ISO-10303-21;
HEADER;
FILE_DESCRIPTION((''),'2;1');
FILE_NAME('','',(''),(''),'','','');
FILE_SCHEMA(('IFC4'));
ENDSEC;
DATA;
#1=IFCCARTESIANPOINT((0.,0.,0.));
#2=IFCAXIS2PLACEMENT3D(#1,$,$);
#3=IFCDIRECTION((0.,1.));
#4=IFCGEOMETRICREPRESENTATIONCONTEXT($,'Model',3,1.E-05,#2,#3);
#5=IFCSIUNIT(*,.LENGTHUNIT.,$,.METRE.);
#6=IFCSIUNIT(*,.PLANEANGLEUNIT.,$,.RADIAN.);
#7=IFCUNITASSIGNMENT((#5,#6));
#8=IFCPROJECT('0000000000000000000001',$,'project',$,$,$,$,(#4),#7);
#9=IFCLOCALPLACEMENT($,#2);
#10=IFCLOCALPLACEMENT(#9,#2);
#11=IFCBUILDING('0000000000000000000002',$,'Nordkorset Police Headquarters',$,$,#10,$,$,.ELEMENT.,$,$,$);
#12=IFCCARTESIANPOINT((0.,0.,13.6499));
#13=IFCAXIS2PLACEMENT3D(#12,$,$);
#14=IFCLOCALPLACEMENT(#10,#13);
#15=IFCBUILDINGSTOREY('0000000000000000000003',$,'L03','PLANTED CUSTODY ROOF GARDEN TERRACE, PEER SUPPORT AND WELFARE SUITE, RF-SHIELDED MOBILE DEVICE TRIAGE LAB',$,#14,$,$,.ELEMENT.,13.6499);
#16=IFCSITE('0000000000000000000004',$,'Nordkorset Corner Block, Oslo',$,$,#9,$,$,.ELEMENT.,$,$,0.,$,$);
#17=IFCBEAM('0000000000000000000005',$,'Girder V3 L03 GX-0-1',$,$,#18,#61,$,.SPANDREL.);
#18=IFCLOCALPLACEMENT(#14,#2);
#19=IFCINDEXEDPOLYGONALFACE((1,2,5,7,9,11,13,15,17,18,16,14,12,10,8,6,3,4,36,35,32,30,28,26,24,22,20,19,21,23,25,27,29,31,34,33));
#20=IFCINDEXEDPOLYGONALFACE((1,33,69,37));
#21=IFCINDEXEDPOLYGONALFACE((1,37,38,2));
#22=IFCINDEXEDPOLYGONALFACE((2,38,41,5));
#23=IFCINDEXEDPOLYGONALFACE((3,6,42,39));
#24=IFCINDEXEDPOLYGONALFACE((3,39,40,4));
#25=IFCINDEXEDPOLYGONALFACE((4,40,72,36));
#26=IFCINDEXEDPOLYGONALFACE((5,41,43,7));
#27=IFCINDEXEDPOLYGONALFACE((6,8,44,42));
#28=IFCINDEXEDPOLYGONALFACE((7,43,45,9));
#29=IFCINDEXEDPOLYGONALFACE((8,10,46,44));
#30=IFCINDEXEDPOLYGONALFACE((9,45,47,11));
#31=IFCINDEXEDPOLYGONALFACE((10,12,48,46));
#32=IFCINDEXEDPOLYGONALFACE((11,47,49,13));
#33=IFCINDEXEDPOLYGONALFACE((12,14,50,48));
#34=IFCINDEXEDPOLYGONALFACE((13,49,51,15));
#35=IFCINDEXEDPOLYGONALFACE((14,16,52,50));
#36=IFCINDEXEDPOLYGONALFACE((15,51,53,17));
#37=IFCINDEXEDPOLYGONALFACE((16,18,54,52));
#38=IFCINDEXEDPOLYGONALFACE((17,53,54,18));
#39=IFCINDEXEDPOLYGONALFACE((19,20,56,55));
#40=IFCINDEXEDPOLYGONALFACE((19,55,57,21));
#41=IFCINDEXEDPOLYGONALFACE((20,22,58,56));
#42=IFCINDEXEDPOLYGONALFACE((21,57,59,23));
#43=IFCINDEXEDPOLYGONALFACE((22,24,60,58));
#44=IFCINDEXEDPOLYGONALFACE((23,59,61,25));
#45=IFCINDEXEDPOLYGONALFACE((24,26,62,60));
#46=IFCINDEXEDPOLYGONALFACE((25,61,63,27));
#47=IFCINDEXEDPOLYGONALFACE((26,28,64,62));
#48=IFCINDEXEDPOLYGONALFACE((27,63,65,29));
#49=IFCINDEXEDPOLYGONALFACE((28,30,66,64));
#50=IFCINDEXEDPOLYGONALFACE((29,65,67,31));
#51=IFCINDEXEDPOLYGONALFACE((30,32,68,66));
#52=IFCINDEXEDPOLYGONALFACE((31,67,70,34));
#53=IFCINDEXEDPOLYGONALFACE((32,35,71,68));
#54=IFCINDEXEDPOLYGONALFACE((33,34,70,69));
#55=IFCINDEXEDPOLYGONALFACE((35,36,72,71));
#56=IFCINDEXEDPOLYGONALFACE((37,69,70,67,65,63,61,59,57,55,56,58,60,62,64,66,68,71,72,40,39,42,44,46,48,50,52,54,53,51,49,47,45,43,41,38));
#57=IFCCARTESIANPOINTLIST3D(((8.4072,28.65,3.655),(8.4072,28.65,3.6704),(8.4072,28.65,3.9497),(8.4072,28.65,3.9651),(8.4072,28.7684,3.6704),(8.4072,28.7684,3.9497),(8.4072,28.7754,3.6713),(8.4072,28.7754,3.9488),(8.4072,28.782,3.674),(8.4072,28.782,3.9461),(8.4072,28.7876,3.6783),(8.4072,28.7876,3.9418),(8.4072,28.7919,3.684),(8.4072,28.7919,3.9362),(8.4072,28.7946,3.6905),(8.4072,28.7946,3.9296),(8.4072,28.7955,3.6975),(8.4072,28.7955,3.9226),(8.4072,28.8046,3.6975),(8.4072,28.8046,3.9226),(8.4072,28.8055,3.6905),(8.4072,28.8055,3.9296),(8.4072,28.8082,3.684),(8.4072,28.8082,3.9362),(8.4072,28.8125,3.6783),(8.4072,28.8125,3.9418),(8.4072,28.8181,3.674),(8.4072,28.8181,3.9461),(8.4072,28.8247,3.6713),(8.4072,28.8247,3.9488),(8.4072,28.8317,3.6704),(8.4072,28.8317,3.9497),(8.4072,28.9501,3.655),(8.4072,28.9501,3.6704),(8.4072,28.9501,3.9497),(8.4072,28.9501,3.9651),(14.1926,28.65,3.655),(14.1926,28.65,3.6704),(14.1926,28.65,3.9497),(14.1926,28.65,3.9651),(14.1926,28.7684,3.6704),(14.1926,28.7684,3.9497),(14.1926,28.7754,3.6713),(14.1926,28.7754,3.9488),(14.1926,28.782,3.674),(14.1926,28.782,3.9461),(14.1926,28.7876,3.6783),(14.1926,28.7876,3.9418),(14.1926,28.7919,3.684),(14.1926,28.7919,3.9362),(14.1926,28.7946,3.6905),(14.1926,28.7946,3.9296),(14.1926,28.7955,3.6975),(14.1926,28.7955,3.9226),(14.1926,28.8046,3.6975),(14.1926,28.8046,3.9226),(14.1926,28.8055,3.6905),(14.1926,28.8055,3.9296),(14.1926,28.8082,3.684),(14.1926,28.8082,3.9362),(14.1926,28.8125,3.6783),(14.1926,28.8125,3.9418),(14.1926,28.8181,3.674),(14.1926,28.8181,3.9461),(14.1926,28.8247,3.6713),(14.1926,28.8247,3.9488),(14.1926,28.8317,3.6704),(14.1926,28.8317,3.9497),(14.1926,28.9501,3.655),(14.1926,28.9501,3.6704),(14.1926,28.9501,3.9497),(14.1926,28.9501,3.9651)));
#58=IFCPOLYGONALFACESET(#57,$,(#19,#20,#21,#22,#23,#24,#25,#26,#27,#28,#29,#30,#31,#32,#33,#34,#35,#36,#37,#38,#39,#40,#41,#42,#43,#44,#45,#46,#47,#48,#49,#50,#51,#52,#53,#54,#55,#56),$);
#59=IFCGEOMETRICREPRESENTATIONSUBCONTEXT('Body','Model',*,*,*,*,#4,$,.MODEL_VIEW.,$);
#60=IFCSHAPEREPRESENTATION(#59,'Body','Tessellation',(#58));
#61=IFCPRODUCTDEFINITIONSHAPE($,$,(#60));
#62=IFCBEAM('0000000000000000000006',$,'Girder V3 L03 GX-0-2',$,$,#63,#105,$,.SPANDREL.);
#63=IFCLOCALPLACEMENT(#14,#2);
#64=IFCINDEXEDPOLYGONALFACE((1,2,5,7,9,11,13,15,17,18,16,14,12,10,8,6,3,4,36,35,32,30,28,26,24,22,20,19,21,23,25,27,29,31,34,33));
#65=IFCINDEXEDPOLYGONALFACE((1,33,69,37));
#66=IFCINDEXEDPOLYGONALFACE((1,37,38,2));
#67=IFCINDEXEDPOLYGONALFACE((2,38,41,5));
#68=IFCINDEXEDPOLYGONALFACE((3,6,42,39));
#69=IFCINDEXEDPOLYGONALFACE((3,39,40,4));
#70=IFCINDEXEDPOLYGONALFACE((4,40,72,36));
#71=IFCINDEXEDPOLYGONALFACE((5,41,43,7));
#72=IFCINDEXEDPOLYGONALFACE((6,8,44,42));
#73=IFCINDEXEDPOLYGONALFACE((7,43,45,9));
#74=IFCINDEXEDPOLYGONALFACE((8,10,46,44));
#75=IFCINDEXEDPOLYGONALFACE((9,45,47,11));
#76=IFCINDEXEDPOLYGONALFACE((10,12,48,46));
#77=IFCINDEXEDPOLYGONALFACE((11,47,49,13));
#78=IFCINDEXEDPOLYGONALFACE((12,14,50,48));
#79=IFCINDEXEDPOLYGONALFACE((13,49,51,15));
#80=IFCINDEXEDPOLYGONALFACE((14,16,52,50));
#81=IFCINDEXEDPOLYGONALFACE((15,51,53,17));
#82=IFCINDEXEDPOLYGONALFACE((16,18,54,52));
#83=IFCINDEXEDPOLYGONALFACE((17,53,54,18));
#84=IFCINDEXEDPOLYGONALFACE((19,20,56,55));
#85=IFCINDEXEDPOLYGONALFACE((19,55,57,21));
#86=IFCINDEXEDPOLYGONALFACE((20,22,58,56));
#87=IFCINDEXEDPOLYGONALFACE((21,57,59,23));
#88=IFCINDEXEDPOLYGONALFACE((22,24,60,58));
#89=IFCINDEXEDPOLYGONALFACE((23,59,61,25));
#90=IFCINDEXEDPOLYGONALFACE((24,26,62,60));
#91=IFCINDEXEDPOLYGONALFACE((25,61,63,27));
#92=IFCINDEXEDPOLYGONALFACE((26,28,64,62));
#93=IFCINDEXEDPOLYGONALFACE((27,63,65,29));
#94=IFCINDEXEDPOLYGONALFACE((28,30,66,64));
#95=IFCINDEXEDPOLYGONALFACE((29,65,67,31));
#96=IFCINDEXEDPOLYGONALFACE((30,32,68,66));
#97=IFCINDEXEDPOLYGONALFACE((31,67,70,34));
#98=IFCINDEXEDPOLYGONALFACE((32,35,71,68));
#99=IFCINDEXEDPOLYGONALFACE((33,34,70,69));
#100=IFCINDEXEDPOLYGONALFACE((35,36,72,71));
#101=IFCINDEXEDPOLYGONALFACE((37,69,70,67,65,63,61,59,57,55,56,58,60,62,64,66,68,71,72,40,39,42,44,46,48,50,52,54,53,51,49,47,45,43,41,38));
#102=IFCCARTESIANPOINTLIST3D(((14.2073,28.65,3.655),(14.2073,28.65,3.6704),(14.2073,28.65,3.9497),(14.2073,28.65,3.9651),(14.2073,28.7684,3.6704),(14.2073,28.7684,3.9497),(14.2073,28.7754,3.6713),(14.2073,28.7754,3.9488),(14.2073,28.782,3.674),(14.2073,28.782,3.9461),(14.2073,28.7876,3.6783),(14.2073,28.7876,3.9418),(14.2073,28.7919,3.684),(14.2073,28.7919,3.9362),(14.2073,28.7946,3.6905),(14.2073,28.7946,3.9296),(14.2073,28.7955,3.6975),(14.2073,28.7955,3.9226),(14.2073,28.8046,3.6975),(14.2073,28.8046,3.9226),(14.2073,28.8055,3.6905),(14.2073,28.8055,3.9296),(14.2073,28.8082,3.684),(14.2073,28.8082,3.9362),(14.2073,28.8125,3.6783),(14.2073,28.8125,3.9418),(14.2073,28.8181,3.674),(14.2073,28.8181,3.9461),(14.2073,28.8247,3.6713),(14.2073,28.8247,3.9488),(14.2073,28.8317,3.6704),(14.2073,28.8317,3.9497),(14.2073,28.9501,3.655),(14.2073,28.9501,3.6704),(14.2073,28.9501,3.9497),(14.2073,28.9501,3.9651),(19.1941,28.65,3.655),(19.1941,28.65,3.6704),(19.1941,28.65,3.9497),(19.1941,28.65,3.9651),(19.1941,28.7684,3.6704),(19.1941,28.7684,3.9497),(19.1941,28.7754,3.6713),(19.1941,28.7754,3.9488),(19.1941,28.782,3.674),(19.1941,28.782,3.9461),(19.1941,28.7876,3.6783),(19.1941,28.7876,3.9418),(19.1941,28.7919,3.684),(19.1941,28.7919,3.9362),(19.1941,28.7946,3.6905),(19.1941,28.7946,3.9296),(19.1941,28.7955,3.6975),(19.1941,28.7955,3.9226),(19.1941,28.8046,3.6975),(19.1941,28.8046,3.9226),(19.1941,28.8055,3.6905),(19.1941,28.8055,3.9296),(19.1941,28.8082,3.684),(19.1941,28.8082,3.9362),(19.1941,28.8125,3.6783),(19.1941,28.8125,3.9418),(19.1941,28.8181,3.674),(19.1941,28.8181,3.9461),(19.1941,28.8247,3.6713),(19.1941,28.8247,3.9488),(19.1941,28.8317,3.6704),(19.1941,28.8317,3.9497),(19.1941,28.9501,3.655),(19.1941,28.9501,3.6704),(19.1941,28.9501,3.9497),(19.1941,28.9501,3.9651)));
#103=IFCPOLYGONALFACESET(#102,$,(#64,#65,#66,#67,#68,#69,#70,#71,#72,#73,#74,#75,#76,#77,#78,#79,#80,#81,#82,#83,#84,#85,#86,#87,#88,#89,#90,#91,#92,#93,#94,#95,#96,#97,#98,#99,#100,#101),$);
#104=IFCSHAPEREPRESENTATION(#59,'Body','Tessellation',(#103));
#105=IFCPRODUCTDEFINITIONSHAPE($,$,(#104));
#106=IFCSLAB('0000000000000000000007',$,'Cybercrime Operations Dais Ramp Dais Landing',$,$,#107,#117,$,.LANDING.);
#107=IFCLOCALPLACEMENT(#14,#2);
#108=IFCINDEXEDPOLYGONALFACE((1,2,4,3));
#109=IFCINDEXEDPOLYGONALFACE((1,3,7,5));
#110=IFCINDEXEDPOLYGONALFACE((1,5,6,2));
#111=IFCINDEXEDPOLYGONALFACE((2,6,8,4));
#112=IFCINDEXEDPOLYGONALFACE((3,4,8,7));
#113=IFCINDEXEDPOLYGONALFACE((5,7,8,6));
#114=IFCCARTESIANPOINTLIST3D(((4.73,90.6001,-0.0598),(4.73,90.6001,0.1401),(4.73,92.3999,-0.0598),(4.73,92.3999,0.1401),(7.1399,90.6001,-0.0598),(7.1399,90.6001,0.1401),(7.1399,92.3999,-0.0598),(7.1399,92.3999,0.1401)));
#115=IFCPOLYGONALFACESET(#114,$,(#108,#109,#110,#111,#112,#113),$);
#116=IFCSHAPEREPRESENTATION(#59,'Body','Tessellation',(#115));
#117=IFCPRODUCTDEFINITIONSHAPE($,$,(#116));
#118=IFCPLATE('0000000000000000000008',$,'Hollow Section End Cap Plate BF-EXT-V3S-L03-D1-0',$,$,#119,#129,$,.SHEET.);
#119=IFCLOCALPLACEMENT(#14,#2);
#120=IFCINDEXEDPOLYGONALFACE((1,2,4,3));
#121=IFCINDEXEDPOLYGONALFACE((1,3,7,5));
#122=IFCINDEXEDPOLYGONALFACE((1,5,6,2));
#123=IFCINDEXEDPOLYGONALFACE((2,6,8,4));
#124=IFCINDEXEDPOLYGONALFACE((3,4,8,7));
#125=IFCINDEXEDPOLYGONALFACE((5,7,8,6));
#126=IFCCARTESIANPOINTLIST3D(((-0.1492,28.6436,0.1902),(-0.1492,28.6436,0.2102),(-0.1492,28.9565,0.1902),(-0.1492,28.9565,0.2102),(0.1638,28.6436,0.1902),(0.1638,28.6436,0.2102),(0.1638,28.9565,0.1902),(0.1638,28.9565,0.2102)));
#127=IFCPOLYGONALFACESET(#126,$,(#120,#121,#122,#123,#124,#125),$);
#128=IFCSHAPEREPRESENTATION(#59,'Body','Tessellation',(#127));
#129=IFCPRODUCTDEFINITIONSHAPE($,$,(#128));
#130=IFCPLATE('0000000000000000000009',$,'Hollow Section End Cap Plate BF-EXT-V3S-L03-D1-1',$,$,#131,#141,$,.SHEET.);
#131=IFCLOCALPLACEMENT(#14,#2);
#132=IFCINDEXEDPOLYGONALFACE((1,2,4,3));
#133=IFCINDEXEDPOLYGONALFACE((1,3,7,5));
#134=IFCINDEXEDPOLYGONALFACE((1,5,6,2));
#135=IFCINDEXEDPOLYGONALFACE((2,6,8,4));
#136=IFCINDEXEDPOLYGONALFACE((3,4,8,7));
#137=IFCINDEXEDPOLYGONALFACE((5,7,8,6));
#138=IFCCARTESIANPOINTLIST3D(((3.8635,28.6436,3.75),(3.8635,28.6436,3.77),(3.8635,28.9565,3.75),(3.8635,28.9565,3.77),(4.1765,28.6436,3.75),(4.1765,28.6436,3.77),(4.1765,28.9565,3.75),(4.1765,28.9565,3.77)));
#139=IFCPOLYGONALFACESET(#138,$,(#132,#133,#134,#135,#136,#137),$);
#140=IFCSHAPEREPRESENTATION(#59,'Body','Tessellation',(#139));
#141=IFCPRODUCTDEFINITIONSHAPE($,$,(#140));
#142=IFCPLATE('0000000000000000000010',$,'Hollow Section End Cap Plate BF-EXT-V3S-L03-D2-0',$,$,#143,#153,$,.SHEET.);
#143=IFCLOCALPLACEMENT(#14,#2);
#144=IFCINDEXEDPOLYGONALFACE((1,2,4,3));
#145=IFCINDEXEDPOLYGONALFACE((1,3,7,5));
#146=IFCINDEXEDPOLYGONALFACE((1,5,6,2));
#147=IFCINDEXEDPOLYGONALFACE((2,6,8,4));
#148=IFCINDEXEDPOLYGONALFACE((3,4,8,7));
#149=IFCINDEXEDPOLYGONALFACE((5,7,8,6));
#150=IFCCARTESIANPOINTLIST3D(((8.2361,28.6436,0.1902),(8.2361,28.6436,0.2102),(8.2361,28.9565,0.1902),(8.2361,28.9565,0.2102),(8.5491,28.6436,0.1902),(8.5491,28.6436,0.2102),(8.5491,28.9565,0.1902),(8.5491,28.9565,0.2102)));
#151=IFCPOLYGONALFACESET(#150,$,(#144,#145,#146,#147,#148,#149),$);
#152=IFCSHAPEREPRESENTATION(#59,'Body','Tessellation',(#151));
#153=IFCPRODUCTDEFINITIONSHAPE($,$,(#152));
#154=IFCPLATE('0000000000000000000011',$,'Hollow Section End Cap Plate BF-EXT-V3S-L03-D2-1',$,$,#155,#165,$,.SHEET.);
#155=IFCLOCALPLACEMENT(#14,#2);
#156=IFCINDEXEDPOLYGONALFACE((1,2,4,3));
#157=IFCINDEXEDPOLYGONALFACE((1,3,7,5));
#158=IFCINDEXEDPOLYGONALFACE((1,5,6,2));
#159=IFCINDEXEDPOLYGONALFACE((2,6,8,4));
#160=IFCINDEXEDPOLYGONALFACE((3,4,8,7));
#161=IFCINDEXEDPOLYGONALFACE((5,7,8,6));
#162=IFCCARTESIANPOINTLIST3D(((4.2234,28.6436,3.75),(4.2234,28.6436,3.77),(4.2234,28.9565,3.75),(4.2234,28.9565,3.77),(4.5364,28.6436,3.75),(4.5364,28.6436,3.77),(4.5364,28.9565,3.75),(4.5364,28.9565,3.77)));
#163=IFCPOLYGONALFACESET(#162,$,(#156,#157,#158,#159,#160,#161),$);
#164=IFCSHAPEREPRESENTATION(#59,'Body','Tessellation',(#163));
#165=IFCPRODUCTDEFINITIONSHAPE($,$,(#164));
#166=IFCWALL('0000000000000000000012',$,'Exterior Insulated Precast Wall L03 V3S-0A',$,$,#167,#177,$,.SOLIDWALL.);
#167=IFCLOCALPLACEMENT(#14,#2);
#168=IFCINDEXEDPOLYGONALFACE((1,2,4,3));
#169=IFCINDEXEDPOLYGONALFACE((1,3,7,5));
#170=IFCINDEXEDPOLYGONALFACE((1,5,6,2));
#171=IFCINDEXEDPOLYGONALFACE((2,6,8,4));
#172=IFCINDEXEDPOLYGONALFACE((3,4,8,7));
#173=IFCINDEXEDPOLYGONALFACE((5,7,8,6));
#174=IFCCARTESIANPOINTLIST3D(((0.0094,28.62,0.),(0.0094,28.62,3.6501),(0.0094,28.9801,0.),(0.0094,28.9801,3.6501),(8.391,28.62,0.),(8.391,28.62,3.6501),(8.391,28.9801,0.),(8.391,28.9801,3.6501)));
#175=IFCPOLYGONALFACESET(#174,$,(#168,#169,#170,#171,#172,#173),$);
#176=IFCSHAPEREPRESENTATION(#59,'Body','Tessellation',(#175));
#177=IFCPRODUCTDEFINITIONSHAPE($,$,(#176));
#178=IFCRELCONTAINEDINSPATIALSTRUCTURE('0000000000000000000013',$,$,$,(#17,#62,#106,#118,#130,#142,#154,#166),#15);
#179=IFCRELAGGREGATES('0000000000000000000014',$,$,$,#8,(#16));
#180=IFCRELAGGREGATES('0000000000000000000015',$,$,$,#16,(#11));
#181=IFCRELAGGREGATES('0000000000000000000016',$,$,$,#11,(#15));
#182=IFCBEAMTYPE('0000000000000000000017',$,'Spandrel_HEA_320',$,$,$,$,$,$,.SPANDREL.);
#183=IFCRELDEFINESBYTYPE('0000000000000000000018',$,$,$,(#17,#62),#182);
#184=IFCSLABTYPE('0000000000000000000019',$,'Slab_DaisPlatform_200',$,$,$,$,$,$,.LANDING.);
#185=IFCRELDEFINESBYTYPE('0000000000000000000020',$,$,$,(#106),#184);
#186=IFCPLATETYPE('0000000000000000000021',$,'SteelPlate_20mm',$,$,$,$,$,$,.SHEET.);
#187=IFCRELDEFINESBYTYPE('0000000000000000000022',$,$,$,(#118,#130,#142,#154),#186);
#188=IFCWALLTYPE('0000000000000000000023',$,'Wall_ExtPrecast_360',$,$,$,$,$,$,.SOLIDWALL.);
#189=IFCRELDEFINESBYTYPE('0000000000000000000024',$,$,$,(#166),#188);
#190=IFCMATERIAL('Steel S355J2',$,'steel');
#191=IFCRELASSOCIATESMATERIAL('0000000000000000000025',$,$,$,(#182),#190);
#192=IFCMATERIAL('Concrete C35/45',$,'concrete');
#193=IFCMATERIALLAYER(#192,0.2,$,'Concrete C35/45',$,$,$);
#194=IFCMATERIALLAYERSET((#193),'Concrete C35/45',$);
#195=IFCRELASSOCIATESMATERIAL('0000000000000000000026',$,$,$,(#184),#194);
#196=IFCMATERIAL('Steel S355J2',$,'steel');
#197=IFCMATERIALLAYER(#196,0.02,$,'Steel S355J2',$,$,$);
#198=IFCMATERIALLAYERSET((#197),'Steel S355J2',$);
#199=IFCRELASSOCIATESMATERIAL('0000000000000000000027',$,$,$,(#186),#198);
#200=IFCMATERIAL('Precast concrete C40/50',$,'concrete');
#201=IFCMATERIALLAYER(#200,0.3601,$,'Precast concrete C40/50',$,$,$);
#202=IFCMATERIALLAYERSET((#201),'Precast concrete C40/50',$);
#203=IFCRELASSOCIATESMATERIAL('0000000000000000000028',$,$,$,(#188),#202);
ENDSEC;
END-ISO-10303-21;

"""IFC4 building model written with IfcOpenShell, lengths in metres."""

from ifc_helpers import new_model, si_unit, direction, frame, frame_2d, origin, origin_2d, place, context, subcontext, project, spatial, polyline, rectangle, i_section, outline, extrude, material, layer, layer_set, material_profile, profile_set, type_object, element, save


model = new_model("IFC4")

# Units and contexts
model_context = context("Model", 3, precision=1e-05, world=origin(), true_north=direction((0.0, 1.0)))
body_context = subcontext(model_context, "Body", "Model", "MODEL_VIEW")
ifc_project = project(units=[si_unit("LENGTHUNIT", "METRE"), si_unit("PLANEANGLEUNIT", "RADIAN")], contexts=[model_context])

# Site, building, storey
site_placement = place(None, origin())
site = spatial("IfcSite", under=ifc_project, at=site_placement, Name="Nordkorset Corner Block, Oslo", CompositionType="ELEMENT", RefElevation=0.0)
building_placement = place(site_placement, origin())
building = spatial("IfcBuilding", under=site, at=building_placement, Name="Nordkorset Police Headquarters", CompositionType="ELEMENT")
storey_placement = place(building_placement, frame((0.0, 0.0, 13.6499)))
storey = spatial("IfcBuildingStorey", under=building, at=storey_placement, Name="L03", Description="PLANTED CUSTODY ROOF GARDEN TERRACE, PEER SUPPORT AND WELFARE SUITE, RF-SHIELDED MOBILE DEVICE TRIAGE LAB", CompositionType="ELEMENT", Elevation=13.6499)

# Beams
ifc_material_1 = material(Name="Steel S355J2", Category="steel")
ifc_material_profile_1 = material_profile(ifc_material_1, i_section(OverallWidth=0.3, OverallDepth=0.3101, WebThickness=0.009, FlangeThickness=0.0154, FilletRadius=0.0271, at=origin_2d()), Name="HEA 320")
ifc_profile_set_1 = profile_set([ifc_material_profile_1], Name="Steel S355J2")
beam_type_1 = type_object("IfcBeamType", Name="Spandrel_HEA_320", PredefinedType="SPANDREL", material=ifc_profile_set_1)
beam_1_placement = place(storey_placement, frame((8.4072, 28.8, 3.8101), z_axis=(1.0, 0.0, 0.0), x_axis=(0.0, 1.0, 0.0)))
element("IfcBeam", 1, at=beam_1_placement, inside=storey, type_object=beam_type_1, Name="Girder V3 L03 GX-0-1", PredefinedType="SPANDREL", context=body_context, shape_type="SweptSolid", body=[
    extrude(i_section(OverallWidth=0.3, OverallDepth=0.3101, WebThickness=0.009, FlangeThickness=0.0154, FilletRadius=0.0271, at=origin_2d()), origin(), (0.0, 0.0, 1.0), 5.7854),
])
beam_2_placement = place(storey_placement, frame((14.2073, 28.8, 3.8101), z_axis=(1.0, 0.0, 0.0), x_axis=(0.0, 1.0, 0.0)))
element("IfcBeam", 2, at=beam_2_placement, inside=storey, type_object=beam_type_1, Name="Girder V3 L03 GX-0-2", PredefinedType="SPANDREL", context=body_context, shape_type="SweptSolid", body=[
    extrude(i_section(OverallWidth=0.3, OverallDepth=0.3101, WebThickness=0.009, FlangeThickness=0.0154, FilletRadius=0.0271, at=origin_2d()), origin(), (0.0, 0.0, 1.0), 4.9868),
])

# Slab
ifc_material_2 = material(Name="Concrete C35/45", Category="concrete")
ifc_layer_1 = layer(ifc_material_2, 0.2, Name="Concrete C35/45")
ifc_layer_set_1 = layer_set([ifc_layer_1], Name="Concrete C35/45")
slab_type = type_object("IfcSlabType", Name="Slab_DaisPlatform_200", PredefinedType="LANDING", material=ifc_layer_set_1)
slab_placement = place(storey_placement, frame((0.0, 0.0, -0.0598)))
element("IfcSlab", 3, at=slab_placement, inside=storey, type_object=slab_type, Name="Cybercrime Operations Dais Ramp Dais Landing", PredefinedType="LANDING", context=body_context, shape_type="SweptSolid", body=[
    extrude(outline(polyline([(4.73, 90.6001), (7.1399, 90.6001), (7.1399, 92.3999), (4.73, 92.3999), (4.73, 90.6001)])), origin(), (0.0, 0.0, 1.0), 0.2),
])

# Plates
ifc_material_3 = material(Name="Steel S355J2", Category="steel")
ifc_layer_2 = layer(ifc_material_3, 0.02, Name="Steel S355J2")
ifc_layer_set_2 = layer_set([ifc_layer_2], Name="Steel S355J2")
plate_type = type_object("IfcPlateType", Name="SteelPlate_20mm", PredefinedType="SHEET", material=ifc_layer_set_2)
for number, where, z_axis, x_axis, name in (
    (4, (0.0073, 28.8, 0.1902), (0.0, 0.0, 1.0), (1.0, 0.0, 0.0), "Hollow Section End Cap Plate BF-EXT-V3S-L03-D1-0"),
    (5, (4.02, 28.8, 3.75), (0.0, 0.0, 1.0), (1.0, 0.0, 0.0), "Hollow Section End Cap Plate BF-EXT-V3S-L03-D1-1"),
    (6, (8.3926, 28.8, 0.1902), (0.0, 0.0, 1.0), (1.0, 0.0, 0.0), "Hollow Section End Cap Plate BF-EXT-V3S-L03-D2-0"),
    (7, (4.3799, 28.8, 3.75), (0.0, 0.0, 1.0), (1.0, 0.0, 0.0), "Hollow Section End Cap Plate BF-EXT-V3S-L03-D2-1"),
):
    element("IfcPlate", number, at=place(storey_placement, frame(where, z_axis=z_axis, x_axis=x_axis)), inside=storey, type_object=plate_type, Name=name, PredefinedType="SHEET", context=body_context, shape_type="SweptSolid", body=[
        extrude(rectangle(XDim=0.313, YDim=0.313, at=origin_2d()), origin(), (0.0, 0.0, 1.0), 0.02),
    ])

# Wall
ifc_material_4 = material(Name="Precast concrete C40/50", Category="concrete")
ifc_layer_3 = layer(ifc_material_4, 0.3601, Name="Precast concrete C40/50")
ifc_layer_set_3 = layer_set([ifc_layer_3], Name="Precast concrete C40/50")
wall_type = type_object("IfcWallType", Name="Wall_ExtPrecast_360", PredefinedType="SOLIDWALL", material=ifc_layer_set_3)
wall_1_placement = place(storey_placement, frame((0.0093, 28.8, 0.0), z_axis=(0.0, 0.0, 1.0), x_axis=(1.0, 0.0, 0.0)))
element("IfcWall", 8, at=wall_1_placement, inside=storey, type_object=wall_type, Name="Exterior Insulated Precast Wall L03 V3S-0A", PredefinedType="SOLIDWALL", context=body_context, shape_type="SweptSolid", body=[
    extrude(rectangle(XDim=8.3816, YDim=0.3601, at=frame_2d((4.1909, 0.0))), origin(), (0.0, 0.0, 1.0), 3.6501),
])

save(model, "model.ifc")
